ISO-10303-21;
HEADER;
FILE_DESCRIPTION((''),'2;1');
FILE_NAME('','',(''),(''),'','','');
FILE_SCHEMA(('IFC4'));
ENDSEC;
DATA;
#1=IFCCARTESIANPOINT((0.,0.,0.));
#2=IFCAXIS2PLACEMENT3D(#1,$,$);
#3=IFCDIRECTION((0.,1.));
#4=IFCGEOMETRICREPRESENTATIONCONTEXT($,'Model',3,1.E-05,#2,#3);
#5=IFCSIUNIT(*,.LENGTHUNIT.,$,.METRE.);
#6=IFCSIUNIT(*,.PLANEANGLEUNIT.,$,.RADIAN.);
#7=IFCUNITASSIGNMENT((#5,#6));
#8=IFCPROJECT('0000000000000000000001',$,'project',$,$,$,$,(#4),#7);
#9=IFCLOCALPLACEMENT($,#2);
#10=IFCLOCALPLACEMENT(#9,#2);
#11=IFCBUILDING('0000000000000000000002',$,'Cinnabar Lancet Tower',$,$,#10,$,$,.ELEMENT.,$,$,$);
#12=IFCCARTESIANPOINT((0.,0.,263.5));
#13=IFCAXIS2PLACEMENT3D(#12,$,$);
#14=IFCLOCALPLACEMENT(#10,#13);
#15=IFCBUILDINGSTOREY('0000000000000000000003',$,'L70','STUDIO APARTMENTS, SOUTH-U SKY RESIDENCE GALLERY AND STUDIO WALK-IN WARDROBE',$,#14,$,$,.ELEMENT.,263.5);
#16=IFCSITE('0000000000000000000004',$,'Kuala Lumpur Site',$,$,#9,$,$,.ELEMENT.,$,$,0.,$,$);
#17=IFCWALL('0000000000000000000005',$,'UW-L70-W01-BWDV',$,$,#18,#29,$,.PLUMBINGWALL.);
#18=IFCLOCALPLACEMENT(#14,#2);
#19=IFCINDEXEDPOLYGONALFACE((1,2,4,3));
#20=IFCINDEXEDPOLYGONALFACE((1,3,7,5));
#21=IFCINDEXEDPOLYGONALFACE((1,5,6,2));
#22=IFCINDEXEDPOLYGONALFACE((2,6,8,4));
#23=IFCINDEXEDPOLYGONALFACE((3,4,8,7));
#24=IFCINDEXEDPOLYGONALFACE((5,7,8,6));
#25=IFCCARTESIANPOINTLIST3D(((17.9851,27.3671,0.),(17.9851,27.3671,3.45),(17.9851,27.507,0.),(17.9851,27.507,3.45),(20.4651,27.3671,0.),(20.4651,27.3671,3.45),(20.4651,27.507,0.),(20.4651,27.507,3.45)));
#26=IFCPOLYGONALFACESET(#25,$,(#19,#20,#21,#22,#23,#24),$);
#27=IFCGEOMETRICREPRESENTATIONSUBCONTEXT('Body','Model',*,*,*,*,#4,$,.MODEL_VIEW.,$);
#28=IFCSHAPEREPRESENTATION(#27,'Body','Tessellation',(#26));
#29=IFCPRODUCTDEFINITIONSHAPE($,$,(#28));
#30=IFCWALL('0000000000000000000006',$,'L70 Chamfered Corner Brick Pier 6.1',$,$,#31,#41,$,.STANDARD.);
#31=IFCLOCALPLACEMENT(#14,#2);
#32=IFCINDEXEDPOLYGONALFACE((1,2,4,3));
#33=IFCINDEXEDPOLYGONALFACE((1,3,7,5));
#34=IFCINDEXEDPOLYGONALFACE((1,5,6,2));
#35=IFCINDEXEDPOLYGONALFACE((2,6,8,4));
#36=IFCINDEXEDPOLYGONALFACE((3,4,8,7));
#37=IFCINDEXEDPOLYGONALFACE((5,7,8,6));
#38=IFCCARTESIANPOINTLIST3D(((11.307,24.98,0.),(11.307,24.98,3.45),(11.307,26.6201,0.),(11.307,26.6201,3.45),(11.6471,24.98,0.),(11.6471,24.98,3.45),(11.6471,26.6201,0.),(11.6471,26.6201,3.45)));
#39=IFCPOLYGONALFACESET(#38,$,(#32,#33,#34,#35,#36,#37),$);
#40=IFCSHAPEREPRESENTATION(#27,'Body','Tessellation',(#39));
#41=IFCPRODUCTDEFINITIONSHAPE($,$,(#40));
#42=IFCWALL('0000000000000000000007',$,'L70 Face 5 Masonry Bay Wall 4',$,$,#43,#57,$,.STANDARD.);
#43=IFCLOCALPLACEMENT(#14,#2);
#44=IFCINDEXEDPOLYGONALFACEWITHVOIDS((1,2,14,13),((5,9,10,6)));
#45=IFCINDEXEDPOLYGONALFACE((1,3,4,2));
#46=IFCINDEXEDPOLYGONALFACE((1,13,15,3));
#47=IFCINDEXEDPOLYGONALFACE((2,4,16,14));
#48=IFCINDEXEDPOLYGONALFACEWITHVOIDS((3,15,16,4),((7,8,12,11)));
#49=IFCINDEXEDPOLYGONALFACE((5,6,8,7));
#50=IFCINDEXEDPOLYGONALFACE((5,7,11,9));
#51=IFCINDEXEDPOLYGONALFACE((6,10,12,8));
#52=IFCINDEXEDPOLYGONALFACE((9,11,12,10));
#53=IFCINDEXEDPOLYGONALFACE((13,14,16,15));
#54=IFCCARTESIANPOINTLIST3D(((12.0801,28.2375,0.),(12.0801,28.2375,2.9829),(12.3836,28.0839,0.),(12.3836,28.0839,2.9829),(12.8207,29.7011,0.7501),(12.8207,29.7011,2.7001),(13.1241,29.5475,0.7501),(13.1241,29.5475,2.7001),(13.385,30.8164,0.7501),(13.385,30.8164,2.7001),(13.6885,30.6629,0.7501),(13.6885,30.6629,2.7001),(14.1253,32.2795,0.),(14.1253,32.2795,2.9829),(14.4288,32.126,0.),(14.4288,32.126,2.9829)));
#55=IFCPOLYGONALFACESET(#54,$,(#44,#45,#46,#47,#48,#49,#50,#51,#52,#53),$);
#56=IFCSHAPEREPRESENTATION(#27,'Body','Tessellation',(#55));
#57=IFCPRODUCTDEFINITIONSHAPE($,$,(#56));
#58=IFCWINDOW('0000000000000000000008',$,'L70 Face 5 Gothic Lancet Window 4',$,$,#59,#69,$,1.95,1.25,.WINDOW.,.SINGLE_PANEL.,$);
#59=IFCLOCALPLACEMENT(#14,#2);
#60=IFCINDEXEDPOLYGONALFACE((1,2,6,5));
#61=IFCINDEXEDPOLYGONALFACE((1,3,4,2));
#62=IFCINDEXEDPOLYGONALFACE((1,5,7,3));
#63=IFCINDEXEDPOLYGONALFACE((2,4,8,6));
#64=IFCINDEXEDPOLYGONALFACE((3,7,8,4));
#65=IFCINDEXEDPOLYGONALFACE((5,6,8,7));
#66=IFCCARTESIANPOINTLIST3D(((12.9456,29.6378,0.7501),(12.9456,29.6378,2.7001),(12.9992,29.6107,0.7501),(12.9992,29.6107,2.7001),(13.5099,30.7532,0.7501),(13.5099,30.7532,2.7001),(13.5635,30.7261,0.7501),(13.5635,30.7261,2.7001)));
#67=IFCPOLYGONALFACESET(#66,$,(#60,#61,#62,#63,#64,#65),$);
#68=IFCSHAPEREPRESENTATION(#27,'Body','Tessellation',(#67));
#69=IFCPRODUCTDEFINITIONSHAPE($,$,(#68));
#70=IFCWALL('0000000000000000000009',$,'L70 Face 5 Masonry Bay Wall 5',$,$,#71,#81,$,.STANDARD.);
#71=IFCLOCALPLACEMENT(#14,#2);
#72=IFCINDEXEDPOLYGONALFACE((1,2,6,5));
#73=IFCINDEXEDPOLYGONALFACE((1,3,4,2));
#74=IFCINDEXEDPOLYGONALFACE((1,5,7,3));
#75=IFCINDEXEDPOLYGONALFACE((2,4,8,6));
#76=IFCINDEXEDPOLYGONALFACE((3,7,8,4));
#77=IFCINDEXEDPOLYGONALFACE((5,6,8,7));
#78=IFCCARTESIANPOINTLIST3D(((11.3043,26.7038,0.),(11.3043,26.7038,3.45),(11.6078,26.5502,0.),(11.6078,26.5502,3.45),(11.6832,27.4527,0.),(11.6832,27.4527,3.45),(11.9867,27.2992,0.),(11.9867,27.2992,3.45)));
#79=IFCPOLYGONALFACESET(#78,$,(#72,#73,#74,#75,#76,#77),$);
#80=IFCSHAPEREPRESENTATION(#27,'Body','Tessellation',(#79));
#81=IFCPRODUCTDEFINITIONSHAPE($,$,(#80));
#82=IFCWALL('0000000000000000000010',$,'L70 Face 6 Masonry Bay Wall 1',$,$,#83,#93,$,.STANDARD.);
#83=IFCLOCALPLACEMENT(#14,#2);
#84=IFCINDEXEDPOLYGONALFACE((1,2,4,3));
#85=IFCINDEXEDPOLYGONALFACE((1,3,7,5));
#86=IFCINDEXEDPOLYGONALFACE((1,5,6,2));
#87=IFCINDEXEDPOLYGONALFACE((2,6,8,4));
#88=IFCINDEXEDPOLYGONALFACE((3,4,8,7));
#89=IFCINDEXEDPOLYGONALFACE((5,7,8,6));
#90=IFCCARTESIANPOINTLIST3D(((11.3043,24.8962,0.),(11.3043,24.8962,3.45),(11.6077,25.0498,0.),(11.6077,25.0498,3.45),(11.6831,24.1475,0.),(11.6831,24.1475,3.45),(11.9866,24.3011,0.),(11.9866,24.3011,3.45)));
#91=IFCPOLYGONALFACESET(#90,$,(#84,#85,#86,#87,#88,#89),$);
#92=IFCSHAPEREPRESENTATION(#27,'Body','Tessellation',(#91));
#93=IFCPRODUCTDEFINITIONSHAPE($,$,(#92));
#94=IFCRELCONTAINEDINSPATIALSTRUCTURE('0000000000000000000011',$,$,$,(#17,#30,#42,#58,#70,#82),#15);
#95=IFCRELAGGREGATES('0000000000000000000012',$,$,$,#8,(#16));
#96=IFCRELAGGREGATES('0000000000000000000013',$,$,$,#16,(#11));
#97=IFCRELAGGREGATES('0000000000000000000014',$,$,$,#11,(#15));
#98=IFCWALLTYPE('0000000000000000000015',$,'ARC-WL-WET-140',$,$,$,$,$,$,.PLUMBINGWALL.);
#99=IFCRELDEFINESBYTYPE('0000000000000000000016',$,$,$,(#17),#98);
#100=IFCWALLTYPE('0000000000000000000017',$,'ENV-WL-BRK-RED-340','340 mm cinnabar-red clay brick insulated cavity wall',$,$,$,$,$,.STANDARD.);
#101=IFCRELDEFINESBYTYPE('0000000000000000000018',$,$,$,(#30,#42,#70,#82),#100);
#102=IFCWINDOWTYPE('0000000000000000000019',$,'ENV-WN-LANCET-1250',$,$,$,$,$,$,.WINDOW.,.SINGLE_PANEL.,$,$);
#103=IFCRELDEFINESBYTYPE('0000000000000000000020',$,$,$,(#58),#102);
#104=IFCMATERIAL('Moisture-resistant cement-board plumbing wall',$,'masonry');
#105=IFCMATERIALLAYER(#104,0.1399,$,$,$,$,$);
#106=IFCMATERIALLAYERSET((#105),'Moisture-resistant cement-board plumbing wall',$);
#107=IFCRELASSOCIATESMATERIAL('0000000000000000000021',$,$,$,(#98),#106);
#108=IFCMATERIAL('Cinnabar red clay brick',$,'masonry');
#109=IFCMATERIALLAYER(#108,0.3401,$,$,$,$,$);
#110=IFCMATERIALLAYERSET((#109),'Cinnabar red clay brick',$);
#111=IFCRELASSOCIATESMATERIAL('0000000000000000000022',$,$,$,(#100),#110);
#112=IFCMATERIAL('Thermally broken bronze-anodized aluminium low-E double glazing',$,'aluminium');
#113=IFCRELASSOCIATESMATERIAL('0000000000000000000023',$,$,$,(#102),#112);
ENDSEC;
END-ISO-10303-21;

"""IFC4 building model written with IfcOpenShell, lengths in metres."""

from ifc_helpers import new_model, si_unit, direction, frame, frame_2d, origin, place, context, subcontext, project, spatial, rectangle, extrude, material, layer, layer_set, type_object, element, fill, save


model = new_model("IFC4")

# Units and contexts
model_context = context("Model", 3, precision=1e-05, world=origin(), true_north=direction((0.0, 1.0)))
body_context = subcontext(model_context, "Body", "Model", "MODEL_VIEW")
ifc_project = project(units=[si_unit("LENGTHUNIT", "METRE"), si_unit("PLANEANGLEUNIT", "RADIAN")], contexts=[model_context])

# Site, building, storey
site_placement = place(None, origin())
site = spatial("IfcSite", under=ifc_project, at=site_placement, Name="Kuala Lumpur Site", CompositionType="ELEMENT", RefElevation=0.0)
building_placement = place(site_placement, origin())
building = spatial("IfcBuilding", under=site, at=building_placement, Name="Cinnabar Lancet Tower", CompositionType="ELEMENT")
storey_placement = place(building_placement, frame((0.0, 0.0, 263.5)))
storey = spatial("IfcBuildingStorey", under=building, at=storey_placement, Name="L70", Description="STUDIO APARTMENTS, SOUTH-U SKY RESIDENCE GALLERY AND STUDIO WALK-IN WARDROBE", CompositionType="ELEMENT", Elevation=263.5)

# Walls
ifc_material_1 = material(Name="Moisture-resistant cement-board plumbing wall", Category="masonry")
ifc_layer_1 = layer(ifc_material_1, 0.1399)
ifc_layer_set_1 = layer_set([ifc_layer_1], Name="Moisture-resistant cement-board plumbing wall")
wall_type_1 = type_object("IfcWallType", Name="ARC-WL-WET-140", PredefinedType="PLUMBINGWALL", material=ifc_layer_set_1)
wall_1_placement = place(storey_placement, frame((17.9851, 27.437, 0.0), z_axis=(0.0, 0.0, 1.0), x_axis=(1.0, 0.0, 0.0)))
element("IfcWall", 1, at=wall_1_placement, inside=storey, type_object=wall_type_1, Name="UW-L70-W01-BWDV", PredefinedType="PLUMBINGWALL", context=body_context, shape_type="SweptSolid", body=[
    extrude(rectangle(XDim=2.48, YDim=0.1399, at=frame_2d((1.24, 0.0))), origin(), (0.0, 0.0, 1.0), 3.45),
])
ifc_material_2 = material(Name="Cinnabar red clay brick", Category="masonry")
ifc_layer_2 = layer(ifc_material_2, 0.3401)
ifc_layer_set_2 = layer_set([ifc_layer_2], Name="Cinnabar red clay brick")
wall_type_2 = type_object("IfcWallType", Name="ENV-WL-BRK-RED-340", Description="340 mm cinnabar-red clay brick insulated cavity wall", PredefinedType="STANDARD", material=ifc_layer_set_2)
wall_2_placement = place(storey_placement, frame((11.4771, 26.6201, 0.0), z_axis=(0.0, 0.0, 1.0), x_axis=(0.0, -1.0, 0.0)))
element("IfcWall", 2, at=wall_2_placement, inside=storey, type_object=wall_type_2, Name="L70 Chamfered Corner Brick Pier 6.1", PredefinedType="STANDARD", context=body_context, shape_type="SweptSolid", body=[
    extrude(rectangle(XDim=1.6401, YDim=0.3401, at=frame_2d((0.8201, 0.0))), origin(), (0.0, 0.0, 1.0), 3.45),
])

# Wall, opening, window
wall_3_placement = place(storey_placement, frame((14.2771, 32.2029, 0.0), z_axis=(0.0, 0.0, 1.0), x_axis=(-0.451477, -0.892283, 0.0)))
wall_3 = element("IfcWall", 3, at=wall_3_placement, inside=storey, type_object=wall_type_2, Name="L70 Face 5 Masonry Bay Wall 4", PredefinedType="STANDARD", context=body_context, shape_type="SweptSolid", body=[
    extrude(rectangle(XDim=4.53, YDim=0.3401, at=frame_2d((2.2651, 0.0))), origin(), (0.0, 0.0, 1.0), 2.9829),
])
opening_placement = place(wall_3_placement, frame((1.6399, 0.0, 0.75)))
opening = element("IfcOpeningElement", 4, at=opening_placement, cuts=wall_3, PredefinedType="OPENING", context=body_context, shape_type="SweptSolid", body=[
    extrude(rectangle(XDim=1.25, YDim=1.95, at=frame_2d((0.625, 0.9751))), frame((0.0, 0.1799, 0.0), z_axis=(0.0, -1.0, 0.0), x_axis=(1.0, 0.0, 0.0)), (0.0, 0.0, 1.0), 0.3601),
])
ifc_material_3 = material(Name="Thermally broken bronze-anodized aluminium low-E double glazing", Category="aluminium")
window_type = type_object("IfcWindowType", Name="ENV-WN-LANCET-1250", PartitioningType="SINGLE_PANEL", PredefinedType="WINDOW", material=ifc_material_3)
window_placement = place(opening_placement, origin())
window = element("IfcWindow", 5, at=window_placement, inside=storey, type_object=window_type, Name="L70 Face 5 Gothic Lancet Window 4", OverallHeight=1.95, OverallWidth=1.25, PartitioningType="SINGLE_PANEL", PredefinedType="WINDOW", context=body_context, shape_type="SweptSolid", body=[
    extrude(rectangle(XDim=1.25, YDim=1.95, at=frame_2d((0.625, 0.9751))), frame((0.0, 0.03, 0.0), z_axis=(0.0, -1.0, 0.0), x_axis=(1.0, 0.0, 0.0)), (0.0, 0.0, 1.0), 0.0601),
])
fill(opening, window)

# Walls
wall_4_placement = place(storey_placement, frame((11.835, 27.376, 0.0), z_axis=(0.0, 0.0, 1.0), x_axis=(-0.451397, -0.892323, 0.0)))
element("IfcWall", 6, at=wall_4_placement, inside=storey, type_object=wall_type_2, Name="L70 Face 5 Masonry Bay Wall 5", PredefinedType="STANDARD", context=body_context, shape_type="SweptSolid", body=[
    extrude(rectangle(XDim=0.8394, YDim=0.3401, at=frame_2d((0.4197, 0.0))), origin(), (0.0, 0.0, 1.0), 3.45),
])
wall_5_placement = place(storey_placement, frame((11.4561, 24.9729, 0.0), z_axis=(0.0, 0.0, 1.0), x_axis=(0.451514, -0.892264, 0.0)))
element("IfcWall", 7, at=wall_5_placement, inside=storey, type_object=wall_type_2, Name="L70 Face 6 Masonry Bay Wall 1", PredefinedType="STANDARD", context=body_context, shape_type="SweptSolid", body=[
    extrude(rectangle(XDim=0.8391, YDim=0.3401, at=frame_2d((0.4194, 0.0))), origin(), (0.0, 0.0, 1.0), 3.45),
])

save(model, "model.ifc")
